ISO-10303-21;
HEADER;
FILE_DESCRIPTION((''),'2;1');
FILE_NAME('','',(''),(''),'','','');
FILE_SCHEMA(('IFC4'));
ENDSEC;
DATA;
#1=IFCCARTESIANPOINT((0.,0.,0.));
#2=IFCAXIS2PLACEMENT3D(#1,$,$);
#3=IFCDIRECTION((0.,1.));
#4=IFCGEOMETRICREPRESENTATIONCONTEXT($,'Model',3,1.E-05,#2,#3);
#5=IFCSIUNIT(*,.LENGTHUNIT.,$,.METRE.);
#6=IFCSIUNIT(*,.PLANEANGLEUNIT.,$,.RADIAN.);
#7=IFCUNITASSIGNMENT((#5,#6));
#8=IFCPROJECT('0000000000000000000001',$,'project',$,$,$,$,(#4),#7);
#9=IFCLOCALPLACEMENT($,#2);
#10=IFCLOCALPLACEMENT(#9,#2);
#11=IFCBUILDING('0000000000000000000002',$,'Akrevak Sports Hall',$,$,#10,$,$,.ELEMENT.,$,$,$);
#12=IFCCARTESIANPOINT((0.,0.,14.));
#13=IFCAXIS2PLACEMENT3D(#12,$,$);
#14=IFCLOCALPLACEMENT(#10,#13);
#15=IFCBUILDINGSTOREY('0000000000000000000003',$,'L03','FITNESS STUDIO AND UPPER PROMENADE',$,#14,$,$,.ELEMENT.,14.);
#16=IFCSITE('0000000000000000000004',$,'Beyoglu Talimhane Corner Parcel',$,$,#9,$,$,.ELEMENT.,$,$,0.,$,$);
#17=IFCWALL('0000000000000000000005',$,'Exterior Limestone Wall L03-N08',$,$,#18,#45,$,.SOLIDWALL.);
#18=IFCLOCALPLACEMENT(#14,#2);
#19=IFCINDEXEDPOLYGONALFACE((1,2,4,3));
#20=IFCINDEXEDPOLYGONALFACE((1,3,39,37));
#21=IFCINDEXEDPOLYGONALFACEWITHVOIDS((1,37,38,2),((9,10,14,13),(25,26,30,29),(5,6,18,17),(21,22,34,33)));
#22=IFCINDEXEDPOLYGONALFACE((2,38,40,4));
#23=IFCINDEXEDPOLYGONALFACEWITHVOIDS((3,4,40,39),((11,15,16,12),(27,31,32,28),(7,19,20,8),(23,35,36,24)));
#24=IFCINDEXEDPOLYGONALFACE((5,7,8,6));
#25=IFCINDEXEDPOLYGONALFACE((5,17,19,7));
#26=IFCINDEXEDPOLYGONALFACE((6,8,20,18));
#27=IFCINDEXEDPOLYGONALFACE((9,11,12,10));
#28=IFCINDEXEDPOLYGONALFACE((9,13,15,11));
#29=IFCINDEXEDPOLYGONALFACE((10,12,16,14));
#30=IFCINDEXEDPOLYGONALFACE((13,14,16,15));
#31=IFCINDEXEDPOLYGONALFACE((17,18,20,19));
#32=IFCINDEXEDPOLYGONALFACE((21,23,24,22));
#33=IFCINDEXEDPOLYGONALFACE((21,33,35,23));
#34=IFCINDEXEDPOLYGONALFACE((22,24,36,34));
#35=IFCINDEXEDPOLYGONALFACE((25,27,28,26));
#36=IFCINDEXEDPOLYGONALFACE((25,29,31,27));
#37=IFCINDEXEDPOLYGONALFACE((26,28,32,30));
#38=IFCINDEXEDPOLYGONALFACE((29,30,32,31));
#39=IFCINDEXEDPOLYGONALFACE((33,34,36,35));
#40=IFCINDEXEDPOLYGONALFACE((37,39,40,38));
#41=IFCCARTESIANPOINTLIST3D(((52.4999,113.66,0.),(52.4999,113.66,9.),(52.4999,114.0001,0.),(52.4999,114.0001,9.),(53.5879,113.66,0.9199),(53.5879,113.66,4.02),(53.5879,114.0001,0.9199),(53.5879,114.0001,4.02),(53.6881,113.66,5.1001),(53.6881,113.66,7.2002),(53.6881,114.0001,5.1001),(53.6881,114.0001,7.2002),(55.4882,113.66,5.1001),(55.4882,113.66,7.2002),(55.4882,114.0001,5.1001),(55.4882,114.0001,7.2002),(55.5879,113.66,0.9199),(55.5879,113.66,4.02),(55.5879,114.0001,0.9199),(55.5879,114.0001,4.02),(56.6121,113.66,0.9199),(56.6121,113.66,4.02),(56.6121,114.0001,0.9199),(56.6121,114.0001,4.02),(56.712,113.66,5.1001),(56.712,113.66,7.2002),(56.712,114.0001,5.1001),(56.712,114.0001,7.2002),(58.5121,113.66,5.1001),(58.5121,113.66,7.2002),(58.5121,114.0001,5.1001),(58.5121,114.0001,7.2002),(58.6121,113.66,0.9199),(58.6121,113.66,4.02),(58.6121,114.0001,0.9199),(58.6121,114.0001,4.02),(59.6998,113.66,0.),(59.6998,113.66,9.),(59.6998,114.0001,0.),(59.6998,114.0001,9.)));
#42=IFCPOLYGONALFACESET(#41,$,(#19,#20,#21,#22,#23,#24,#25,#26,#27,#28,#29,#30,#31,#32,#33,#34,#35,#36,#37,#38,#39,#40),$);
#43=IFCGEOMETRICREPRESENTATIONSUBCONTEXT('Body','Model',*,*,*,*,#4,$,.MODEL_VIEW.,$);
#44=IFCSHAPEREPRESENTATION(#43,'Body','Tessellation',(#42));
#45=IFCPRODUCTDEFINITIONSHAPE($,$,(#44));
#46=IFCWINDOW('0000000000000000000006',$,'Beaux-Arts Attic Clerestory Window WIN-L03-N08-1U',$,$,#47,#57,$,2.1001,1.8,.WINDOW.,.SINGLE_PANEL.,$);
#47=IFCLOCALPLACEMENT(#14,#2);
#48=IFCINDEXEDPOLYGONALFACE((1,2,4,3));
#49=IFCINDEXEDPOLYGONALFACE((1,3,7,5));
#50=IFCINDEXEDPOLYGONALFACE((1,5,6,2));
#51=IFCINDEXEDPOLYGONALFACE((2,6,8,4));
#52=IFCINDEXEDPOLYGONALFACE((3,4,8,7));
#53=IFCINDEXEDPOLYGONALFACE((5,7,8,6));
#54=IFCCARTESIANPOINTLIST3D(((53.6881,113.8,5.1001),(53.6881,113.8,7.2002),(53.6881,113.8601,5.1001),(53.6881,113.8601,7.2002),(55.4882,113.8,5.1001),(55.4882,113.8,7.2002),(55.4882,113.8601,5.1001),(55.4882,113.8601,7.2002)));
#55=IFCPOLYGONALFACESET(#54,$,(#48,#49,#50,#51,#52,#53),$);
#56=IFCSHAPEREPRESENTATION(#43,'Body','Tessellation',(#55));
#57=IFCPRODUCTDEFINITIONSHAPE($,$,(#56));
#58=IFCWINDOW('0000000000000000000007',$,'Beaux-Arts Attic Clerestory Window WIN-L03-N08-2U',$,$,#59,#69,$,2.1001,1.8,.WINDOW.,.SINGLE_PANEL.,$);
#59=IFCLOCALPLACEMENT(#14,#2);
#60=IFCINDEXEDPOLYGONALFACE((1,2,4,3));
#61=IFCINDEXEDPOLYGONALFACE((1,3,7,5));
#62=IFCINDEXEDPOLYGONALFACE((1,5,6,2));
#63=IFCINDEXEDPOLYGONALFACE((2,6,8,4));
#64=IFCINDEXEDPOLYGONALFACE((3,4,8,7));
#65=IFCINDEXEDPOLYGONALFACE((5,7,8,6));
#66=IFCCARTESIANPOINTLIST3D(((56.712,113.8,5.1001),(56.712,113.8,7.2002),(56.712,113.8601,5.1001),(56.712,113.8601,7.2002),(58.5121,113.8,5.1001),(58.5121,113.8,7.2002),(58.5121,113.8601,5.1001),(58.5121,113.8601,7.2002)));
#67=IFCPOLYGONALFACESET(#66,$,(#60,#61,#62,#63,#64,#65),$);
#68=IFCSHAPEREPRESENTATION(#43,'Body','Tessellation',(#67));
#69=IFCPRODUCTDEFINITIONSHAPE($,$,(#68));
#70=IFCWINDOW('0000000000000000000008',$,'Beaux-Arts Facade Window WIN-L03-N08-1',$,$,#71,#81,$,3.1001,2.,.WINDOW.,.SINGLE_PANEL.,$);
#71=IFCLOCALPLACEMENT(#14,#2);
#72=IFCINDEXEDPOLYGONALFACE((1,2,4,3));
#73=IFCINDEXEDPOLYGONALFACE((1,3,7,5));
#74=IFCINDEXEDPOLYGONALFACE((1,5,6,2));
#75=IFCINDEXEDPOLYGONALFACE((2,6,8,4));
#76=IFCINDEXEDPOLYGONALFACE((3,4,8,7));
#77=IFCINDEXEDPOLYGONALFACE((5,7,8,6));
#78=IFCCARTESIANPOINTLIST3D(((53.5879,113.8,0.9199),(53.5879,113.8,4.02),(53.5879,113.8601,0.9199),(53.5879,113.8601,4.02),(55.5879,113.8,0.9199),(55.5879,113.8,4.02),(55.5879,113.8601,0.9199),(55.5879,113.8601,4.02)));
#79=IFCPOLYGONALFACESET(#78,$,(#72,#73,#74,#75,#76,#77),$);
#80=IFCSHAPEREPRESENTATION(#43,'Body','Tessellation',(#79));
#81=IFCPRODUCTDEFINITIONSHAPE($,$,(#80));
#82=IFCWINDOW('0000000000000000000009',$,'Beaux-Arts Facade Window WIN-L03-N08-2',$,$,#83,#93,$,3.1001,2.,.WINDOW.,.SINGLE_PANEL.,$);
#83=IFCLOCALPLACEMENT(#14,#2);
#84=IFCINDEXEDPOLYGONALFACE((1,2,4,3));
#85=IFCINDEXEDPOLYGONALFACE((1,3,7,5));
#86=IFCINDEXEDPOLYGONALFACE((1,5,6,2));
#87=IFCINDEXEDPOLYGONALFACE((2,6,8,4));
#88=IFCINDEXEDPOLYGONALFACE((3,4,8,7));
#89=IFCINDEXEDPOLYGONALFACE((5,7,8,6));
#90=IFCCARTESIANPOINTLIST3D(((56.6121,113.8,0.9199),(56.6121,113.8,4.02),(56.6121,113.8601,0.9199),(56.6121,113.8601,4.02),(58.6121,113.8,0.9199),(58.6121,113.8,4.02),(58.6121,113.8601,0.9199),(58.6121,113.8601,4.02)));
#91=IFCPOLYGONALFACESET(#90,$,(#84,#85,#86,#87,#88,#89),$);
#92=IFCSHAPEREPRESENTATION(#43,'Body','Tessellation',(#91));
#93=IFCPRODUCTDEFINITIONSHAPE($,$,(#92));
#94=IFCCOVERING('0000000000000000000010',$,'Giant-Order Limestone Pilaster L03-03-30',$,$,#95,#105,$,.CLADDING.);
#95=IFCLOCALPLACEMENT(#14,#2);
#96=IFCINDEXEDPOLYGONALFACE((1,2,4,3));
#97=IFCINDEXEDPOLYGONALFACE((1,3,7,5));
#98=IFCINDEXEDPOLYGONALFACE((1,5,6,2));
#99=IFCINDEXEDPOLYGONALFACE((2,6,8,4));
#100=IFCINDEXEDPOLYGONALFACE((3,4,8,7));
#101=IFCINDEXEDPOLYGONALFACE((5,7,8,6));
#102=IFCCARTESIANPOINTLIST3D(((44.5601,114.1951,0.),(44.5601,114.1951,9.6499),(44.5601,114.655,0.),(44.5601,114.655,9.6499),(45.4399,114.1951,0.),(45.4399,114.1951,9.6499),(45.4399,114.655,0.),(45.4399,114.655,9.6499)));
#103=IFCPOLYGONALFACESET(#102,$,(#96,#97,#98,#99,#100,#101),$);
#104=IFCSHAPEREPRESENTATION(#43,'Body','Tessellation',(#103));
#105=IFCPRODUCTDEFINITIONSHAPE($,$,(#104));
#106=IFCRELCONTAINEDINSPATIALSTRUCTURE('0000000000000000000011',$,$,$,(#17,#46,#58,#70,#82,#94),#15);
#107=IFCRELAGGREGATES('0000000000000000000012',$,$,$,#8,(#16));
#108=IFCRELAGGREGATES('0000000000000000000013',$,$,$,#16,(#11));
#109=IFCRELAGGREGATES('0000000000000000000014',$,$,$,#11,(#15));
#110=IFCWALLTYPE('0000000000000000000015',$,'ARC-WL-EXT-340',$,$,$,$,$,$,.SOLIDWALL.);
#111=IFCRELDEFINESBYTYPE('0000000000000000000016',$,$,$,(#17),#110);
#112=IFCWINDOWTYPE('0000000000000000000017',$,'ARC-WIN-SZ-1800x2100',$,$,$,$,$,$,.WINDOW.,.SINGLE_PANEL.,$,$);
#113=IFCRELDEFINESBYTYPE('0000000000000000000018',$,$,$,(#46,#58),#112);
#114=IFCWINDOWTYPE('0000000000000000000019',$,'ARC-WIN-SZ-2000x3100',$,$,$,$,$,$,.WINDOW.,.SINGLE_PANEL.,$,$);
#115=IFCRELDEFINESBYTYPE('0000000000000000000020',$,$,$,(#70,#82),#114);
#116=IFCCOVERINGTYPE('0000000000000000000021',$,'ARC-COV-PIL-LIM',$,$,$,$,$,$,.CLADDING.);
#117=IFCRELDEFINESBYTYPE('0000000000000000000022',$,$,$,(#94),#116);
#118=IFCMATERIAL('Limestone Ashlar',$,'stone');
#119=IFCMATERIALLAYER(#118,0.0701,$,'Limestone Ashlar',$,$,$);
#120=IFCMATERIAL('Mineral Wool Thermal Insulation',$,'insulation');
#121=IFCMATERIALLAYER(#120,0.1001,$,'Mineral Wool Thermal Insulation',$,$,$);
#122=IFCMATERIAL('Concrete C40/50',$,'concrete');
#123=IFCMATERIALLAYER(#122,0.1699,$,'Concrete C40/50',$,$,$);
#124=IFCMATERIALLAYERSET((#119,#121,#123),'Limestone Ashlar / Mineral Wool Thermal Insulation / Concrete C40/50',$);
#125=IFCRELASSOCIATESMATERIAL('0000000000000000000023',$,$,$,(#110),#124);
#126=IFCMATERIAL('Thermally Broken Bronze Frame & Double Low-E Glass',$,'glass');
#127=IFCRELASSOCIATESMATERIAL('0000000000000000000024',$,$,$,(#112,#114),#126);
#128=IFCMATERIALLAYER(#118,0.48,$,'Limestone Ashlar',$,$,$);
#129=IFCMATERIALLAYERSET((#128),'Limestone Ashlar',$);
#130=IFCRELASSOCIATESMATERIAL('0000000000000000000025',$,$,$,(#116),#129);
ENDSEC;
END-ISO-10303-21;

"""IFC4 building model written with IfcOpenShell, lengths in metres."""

from ifc_helpers import new_model, si_unit, direction, frame, frame_2d, origin, origin_2d, place, context, subcontext, project, spatial, rectangle, extrude, material, layer, layer_set, type_object, element, fill, save


model = new_model("IFC4")

# Units and contexts
model_context = context("Model", 3, precision=1e-05, world=origin(), true_north=direction((0.0, 1.0)))
body_context = subcontext(model_context, "Body", "Model", "MODEL_VIEW")
ifc_project = project(units=[si_unit("LENGTHUNIT", "METRE"), si_unit("PLANEANGLEUNIT", "RADIAN")], contexts=[model_context])

# Site, building, storey
site_placement = place(None, origin())
site = spatial("IfcSite", under=ifc_project, at=site_placement, Name="Beyoglu Talimhane Corner Parcel", CompositionType="ELEMENT", RefElevation=0.0)
building_placement = place(site_placement, origin())
building = spatial("IfcBuilding", under=site, at=building_placement, Name="Akrevak Sports Hall", CompositionType="ELEMENT")
storey_placement = place(building_placement, frame((0.0, 0.0, 14.0)))
storey = spatial("IfcBuildingStorey", under=building, at=storey_placement, Name="L03", Description="FITNESS STUDIO AND UPPER PROMENADE", CompositionType="ELEMENT", Elevation=14.0)

# Shared definitions
ifc_material_1 = material(Name="Concrete C40/50", Category="concrete")

# Wall, openings, windows
ifc_material_2 = material(Name="Limestone Ashlar", Category="stone")
ifc_layer_1 = layer(ifc_material_2, 0.0701, Name="Limestone Ashlar")
ifc_material_3 = material(Name="Mineral Wool Thermal Insulation", Category="insulation")
ifc_layer_2 = layer(ifc_material_3, 0.1001, Name="Mineral Wool Thermal Insulation")
ifc_layer_3 = layer(ifc_material_1, 0.1699, Name="Concrete C40/50")
ifc_layer_set_1 = layer_set([ifc_layer_1, ifc_layer_2, ifc_layer_3], Name="Limestone Ashlar / Mineral Wool Thermal Insulation / Concrete C40/50")
wall_type = type_object("IfcWallType", Name="ARC-WL-EXT-340", PredefinedType="SOLIDWALL", material=ifc_layer_set_1)
ifc_material_4 = material(Name="Thermally Broken Bronze Frame & Double Low-E Glass", Category="glass")
window_type_1 = type_object("IfcWindowType", Name="ARC-WIN-SZ-1800x2100", PartitioningType="SINGLE_PANEL", PredefinedType="WINDOW", material=ifc_material_4)
window_type_2 = type_object("IfcWindowType", Name="ARC-WIN-SZ-2000x3100", PartitioningType="SINGLE_PANEL", PredefinedType="WINDOW", material=ifc_material_4)
wall_1_placement = place(storey_placement, frame((59.7, 113.8301, 0.0), z_axis=(0.0, 0.0, 1.0), x_axis=(-1.0, 0.0, 0.0)))
wall_1 = element("IfcWall", 1, at=wall_1_placement, inside=storey, type_object=wall_type, Name="Exterior Limestone Wall L03-N08", PredefinedType="SOLIDWALL", context=body_context, shape_type="SweptSolid", body=[
    extrude(rectangle(XDim=7.2, YDim=0.3401, at=frame_2d((3.6001, 0.0))), origin(), (0.0, 0.0, 1.0), 9.0),
])
opening_1_placement = place(wall_1_placement, frame((4.1121, 0.0, 0.9199)))
opening_1 = element("IfcOpeningElement", 2, at=opening_1_placement, cuts=wall_1, PredefinedType="OPENING", context=body_context, shape_type="SweptSolid", body=[
    extrude(rectangle(XDim=2.0, YDim=3.1001, at=frame_2d((1.0, 1.55))), frame((0.0, 0.1821, 0.0), z_axis=(0.0, -1.0, 0.0), x_axis=(1.0, 0.0, 0.0)), (0.0, 0.0, 1.0), 0.364),
])
opening_2_placement = place(wall_1_placement, frame((4.2119, 0.0, 5.1001)))
opening_2 = element("IfcOpeningElement", 3, at=opening_2_placement, cuts=wall_1, PredefinedType="OPENING", context=body_context, shape_type="SweptSolid", body=[
    extrude(rectangle(XDim=1.8, YDim=2.1001, at=frame_2d((0.8999, 1.05))), frame((0.0, 0.1821, 0.0), z_axis=(0.0, -1.0, 0.0), x_axis=(1.0, 0.0, 0.0)), (0.0, 0.0, 1.0), 0.364),
])
opening_3_placement = place(wall_1_placement, frame((1.0879, 0.0, 0.9199)))
opening_3 = element("IfcOpeningElement", 4, at=opening_3_placement, cuts=wall_1, PredefinedType="OPENING", context=body_context, shape_type="SweptSolid", body=[
    extrude(rectangle(XDim=2.0, YDim=3.1001, at=frame_2d((1.0, 1.55))), frame((0.0, 0.1821, 0.0), z_axis=(0.0, -1.0, 0.0), x_axis=(1.0, 0.0, 0.0)), (0.0, 0.0, 1.0), 0.364),
])
opening_4_placement = place(wall_1_placement, frame((1.188, 0.0, 5.1001)))
opening_4 = element("IfcOpeningElement", 5, at=opening_4_placement, cuts=wall_1, PredefinedType="OPENING", context=body_context, shape_type="SweptSolid", body=[
    extrude(rectangle(XDim=1.8, YDim=2.1001, at=frame_2d((0.8999, 1.05))), frame((0.0, 0.1821, 0.0), z_axis=(0.0, -1.0, 0.0), x_axis=(1.0, 0.0, 0.0)), (0.0, 0.0, 1.0), 0.364),
])
window_1_placement = place(opening_2_placement, origin())
window_1 = element("IfcWindow", 6, at=window_1_placement, inside=storey, type_object=window_type_1, Name="Beaux-Arts Attic Clerestory Window WIN-L03-N08-1U", OverallHeight=2.1001, OverallWidth=1.8, PartitioningType="SINGLE_PANEL", PredefinedType="WINDOW", context=body_context, shape_type="SweptSolid", body=[
    extrude(rectangle(XDim=1.8, YDim=2.1001, at=frame_2d((0.8999, 1.05))), frame((0.0, 0.03, 0.0), z_axis=(0.0, -1.0, 0.0), x_axis=(1.0, 0.0, 0.0)), (0.0, 0.0, 1.0), 0.0601),
])
fill(opening_2, window_1)
window_2_placement = place(opening_4_placement, origin())
window_2 = element("IfcWindow", 7, at=window_2_placement, inside=storey, type_object=window_type_1, Name="Beaux-Arts Attic Clerestory Window WIN-L03-N08-2U", OverallHeight=2.1001, OverallWidth=1.8, PartitioningType="SINGLE_PANEL", PredefinedType="WINDOW", context=body_context, shape_type="SweptSolid", body=[
    extrude(rectangle(XDim=1.8, YDim=2.1001, at=frame_2d((0.8999, 1.05))), frame((0.0, 0.03, 0.0), z_axis=(0.0, -1.0, 0.0), x_axis=(1.0, 0.0, 0.0)), (0.0, 0.0, 1.0), 0.0601),
])
fill(opening_4, window_2)
window_3_placement = place(opening_1_placement, origin())
window_3 = element("IfcWindow", 8, at=window_3_placement, inside=storey, type_object=window_type_2, Name="Beaux-Arts Facade Window WIN-L03-N08-1", OverallHeight=3.1001, OverallWidth=2.0, PartitioningType="SINGLE_PANEL", PredefinedType="WINDOW", context=body_context, shape_type="SweptSolid", body=[
    extrude(rectangle(XDim=2.0, YDim=3.1001, at=frame_2d((1.0, 1.55))), frame((0.0, 0.03, 0.0), z_axis=(0.0, -1.0, 0.0), x_axis=(1.0, 0.0, 0.0)), (0.0, 0.0, 1.0), 0.0601),
])
fill(opening_1, window_3)
window_4_placement = place(opening_3_placement, origin())
window_4 = element("IfcWindow", 9, at=window_4_placement, inside=storey, type_object=window_type_2, Name="Beaux-Arts Facade Window WIN-L03-N08-2", OverallHeight=3.1001, OverallWidth=2.0, PartitioningType="SINGLE_PANEL", PredefinedType="WINDOW", context=body_context, shape_type="SweptSolid", body=[
    extrude(rectangle(XDim=2.0, YDim=3.1001, at=frame_2d((1.0, 1.55))), frame((0.0, 0.03, 0.0), z_axis=(0.0, -1.0, 0.0), x_axis=(1.0, 0.0, 0.0)), (0.0, 0.0, 1.0), 0.0601),
])
fill(opening_3, window_4)

# Covering
ifc_layer_4 = layer(ifc_material_2, 0.48, Name="Limestone Ashlar")
ifc_layer_set_2 = layer_set([ifc_layer_4], Name="Limestone Ashlar")
covering_type = type_object("IfcCoveringType", Name="ARC-COV-PIL-LIM", PredefinedType="CLADDING", material=ifc_layer_set_2)
covering_placement = place(storey_placement, frame((45.0, 114.425, 0.0), z_axis=(0.0, 0.0, 1.0), x_axis=(-1.0, 0.0, 0.0)))
element("IfcCovering", 10, at=covering_placement, inside=storey, type_object=covering_type, Name="Giant-Order Limestone Pilaster L03-03-30", PredefinedType="CLADDING", context=body_context, shape_type="SweptSolid", body=[
    extrude(rectangle(XDim=0.8799, YDim=0.46, at=origin_2d()), origin(), (0.0, 0.0, 1.0), 9.6499),
])

save(model, "model.ifc")
